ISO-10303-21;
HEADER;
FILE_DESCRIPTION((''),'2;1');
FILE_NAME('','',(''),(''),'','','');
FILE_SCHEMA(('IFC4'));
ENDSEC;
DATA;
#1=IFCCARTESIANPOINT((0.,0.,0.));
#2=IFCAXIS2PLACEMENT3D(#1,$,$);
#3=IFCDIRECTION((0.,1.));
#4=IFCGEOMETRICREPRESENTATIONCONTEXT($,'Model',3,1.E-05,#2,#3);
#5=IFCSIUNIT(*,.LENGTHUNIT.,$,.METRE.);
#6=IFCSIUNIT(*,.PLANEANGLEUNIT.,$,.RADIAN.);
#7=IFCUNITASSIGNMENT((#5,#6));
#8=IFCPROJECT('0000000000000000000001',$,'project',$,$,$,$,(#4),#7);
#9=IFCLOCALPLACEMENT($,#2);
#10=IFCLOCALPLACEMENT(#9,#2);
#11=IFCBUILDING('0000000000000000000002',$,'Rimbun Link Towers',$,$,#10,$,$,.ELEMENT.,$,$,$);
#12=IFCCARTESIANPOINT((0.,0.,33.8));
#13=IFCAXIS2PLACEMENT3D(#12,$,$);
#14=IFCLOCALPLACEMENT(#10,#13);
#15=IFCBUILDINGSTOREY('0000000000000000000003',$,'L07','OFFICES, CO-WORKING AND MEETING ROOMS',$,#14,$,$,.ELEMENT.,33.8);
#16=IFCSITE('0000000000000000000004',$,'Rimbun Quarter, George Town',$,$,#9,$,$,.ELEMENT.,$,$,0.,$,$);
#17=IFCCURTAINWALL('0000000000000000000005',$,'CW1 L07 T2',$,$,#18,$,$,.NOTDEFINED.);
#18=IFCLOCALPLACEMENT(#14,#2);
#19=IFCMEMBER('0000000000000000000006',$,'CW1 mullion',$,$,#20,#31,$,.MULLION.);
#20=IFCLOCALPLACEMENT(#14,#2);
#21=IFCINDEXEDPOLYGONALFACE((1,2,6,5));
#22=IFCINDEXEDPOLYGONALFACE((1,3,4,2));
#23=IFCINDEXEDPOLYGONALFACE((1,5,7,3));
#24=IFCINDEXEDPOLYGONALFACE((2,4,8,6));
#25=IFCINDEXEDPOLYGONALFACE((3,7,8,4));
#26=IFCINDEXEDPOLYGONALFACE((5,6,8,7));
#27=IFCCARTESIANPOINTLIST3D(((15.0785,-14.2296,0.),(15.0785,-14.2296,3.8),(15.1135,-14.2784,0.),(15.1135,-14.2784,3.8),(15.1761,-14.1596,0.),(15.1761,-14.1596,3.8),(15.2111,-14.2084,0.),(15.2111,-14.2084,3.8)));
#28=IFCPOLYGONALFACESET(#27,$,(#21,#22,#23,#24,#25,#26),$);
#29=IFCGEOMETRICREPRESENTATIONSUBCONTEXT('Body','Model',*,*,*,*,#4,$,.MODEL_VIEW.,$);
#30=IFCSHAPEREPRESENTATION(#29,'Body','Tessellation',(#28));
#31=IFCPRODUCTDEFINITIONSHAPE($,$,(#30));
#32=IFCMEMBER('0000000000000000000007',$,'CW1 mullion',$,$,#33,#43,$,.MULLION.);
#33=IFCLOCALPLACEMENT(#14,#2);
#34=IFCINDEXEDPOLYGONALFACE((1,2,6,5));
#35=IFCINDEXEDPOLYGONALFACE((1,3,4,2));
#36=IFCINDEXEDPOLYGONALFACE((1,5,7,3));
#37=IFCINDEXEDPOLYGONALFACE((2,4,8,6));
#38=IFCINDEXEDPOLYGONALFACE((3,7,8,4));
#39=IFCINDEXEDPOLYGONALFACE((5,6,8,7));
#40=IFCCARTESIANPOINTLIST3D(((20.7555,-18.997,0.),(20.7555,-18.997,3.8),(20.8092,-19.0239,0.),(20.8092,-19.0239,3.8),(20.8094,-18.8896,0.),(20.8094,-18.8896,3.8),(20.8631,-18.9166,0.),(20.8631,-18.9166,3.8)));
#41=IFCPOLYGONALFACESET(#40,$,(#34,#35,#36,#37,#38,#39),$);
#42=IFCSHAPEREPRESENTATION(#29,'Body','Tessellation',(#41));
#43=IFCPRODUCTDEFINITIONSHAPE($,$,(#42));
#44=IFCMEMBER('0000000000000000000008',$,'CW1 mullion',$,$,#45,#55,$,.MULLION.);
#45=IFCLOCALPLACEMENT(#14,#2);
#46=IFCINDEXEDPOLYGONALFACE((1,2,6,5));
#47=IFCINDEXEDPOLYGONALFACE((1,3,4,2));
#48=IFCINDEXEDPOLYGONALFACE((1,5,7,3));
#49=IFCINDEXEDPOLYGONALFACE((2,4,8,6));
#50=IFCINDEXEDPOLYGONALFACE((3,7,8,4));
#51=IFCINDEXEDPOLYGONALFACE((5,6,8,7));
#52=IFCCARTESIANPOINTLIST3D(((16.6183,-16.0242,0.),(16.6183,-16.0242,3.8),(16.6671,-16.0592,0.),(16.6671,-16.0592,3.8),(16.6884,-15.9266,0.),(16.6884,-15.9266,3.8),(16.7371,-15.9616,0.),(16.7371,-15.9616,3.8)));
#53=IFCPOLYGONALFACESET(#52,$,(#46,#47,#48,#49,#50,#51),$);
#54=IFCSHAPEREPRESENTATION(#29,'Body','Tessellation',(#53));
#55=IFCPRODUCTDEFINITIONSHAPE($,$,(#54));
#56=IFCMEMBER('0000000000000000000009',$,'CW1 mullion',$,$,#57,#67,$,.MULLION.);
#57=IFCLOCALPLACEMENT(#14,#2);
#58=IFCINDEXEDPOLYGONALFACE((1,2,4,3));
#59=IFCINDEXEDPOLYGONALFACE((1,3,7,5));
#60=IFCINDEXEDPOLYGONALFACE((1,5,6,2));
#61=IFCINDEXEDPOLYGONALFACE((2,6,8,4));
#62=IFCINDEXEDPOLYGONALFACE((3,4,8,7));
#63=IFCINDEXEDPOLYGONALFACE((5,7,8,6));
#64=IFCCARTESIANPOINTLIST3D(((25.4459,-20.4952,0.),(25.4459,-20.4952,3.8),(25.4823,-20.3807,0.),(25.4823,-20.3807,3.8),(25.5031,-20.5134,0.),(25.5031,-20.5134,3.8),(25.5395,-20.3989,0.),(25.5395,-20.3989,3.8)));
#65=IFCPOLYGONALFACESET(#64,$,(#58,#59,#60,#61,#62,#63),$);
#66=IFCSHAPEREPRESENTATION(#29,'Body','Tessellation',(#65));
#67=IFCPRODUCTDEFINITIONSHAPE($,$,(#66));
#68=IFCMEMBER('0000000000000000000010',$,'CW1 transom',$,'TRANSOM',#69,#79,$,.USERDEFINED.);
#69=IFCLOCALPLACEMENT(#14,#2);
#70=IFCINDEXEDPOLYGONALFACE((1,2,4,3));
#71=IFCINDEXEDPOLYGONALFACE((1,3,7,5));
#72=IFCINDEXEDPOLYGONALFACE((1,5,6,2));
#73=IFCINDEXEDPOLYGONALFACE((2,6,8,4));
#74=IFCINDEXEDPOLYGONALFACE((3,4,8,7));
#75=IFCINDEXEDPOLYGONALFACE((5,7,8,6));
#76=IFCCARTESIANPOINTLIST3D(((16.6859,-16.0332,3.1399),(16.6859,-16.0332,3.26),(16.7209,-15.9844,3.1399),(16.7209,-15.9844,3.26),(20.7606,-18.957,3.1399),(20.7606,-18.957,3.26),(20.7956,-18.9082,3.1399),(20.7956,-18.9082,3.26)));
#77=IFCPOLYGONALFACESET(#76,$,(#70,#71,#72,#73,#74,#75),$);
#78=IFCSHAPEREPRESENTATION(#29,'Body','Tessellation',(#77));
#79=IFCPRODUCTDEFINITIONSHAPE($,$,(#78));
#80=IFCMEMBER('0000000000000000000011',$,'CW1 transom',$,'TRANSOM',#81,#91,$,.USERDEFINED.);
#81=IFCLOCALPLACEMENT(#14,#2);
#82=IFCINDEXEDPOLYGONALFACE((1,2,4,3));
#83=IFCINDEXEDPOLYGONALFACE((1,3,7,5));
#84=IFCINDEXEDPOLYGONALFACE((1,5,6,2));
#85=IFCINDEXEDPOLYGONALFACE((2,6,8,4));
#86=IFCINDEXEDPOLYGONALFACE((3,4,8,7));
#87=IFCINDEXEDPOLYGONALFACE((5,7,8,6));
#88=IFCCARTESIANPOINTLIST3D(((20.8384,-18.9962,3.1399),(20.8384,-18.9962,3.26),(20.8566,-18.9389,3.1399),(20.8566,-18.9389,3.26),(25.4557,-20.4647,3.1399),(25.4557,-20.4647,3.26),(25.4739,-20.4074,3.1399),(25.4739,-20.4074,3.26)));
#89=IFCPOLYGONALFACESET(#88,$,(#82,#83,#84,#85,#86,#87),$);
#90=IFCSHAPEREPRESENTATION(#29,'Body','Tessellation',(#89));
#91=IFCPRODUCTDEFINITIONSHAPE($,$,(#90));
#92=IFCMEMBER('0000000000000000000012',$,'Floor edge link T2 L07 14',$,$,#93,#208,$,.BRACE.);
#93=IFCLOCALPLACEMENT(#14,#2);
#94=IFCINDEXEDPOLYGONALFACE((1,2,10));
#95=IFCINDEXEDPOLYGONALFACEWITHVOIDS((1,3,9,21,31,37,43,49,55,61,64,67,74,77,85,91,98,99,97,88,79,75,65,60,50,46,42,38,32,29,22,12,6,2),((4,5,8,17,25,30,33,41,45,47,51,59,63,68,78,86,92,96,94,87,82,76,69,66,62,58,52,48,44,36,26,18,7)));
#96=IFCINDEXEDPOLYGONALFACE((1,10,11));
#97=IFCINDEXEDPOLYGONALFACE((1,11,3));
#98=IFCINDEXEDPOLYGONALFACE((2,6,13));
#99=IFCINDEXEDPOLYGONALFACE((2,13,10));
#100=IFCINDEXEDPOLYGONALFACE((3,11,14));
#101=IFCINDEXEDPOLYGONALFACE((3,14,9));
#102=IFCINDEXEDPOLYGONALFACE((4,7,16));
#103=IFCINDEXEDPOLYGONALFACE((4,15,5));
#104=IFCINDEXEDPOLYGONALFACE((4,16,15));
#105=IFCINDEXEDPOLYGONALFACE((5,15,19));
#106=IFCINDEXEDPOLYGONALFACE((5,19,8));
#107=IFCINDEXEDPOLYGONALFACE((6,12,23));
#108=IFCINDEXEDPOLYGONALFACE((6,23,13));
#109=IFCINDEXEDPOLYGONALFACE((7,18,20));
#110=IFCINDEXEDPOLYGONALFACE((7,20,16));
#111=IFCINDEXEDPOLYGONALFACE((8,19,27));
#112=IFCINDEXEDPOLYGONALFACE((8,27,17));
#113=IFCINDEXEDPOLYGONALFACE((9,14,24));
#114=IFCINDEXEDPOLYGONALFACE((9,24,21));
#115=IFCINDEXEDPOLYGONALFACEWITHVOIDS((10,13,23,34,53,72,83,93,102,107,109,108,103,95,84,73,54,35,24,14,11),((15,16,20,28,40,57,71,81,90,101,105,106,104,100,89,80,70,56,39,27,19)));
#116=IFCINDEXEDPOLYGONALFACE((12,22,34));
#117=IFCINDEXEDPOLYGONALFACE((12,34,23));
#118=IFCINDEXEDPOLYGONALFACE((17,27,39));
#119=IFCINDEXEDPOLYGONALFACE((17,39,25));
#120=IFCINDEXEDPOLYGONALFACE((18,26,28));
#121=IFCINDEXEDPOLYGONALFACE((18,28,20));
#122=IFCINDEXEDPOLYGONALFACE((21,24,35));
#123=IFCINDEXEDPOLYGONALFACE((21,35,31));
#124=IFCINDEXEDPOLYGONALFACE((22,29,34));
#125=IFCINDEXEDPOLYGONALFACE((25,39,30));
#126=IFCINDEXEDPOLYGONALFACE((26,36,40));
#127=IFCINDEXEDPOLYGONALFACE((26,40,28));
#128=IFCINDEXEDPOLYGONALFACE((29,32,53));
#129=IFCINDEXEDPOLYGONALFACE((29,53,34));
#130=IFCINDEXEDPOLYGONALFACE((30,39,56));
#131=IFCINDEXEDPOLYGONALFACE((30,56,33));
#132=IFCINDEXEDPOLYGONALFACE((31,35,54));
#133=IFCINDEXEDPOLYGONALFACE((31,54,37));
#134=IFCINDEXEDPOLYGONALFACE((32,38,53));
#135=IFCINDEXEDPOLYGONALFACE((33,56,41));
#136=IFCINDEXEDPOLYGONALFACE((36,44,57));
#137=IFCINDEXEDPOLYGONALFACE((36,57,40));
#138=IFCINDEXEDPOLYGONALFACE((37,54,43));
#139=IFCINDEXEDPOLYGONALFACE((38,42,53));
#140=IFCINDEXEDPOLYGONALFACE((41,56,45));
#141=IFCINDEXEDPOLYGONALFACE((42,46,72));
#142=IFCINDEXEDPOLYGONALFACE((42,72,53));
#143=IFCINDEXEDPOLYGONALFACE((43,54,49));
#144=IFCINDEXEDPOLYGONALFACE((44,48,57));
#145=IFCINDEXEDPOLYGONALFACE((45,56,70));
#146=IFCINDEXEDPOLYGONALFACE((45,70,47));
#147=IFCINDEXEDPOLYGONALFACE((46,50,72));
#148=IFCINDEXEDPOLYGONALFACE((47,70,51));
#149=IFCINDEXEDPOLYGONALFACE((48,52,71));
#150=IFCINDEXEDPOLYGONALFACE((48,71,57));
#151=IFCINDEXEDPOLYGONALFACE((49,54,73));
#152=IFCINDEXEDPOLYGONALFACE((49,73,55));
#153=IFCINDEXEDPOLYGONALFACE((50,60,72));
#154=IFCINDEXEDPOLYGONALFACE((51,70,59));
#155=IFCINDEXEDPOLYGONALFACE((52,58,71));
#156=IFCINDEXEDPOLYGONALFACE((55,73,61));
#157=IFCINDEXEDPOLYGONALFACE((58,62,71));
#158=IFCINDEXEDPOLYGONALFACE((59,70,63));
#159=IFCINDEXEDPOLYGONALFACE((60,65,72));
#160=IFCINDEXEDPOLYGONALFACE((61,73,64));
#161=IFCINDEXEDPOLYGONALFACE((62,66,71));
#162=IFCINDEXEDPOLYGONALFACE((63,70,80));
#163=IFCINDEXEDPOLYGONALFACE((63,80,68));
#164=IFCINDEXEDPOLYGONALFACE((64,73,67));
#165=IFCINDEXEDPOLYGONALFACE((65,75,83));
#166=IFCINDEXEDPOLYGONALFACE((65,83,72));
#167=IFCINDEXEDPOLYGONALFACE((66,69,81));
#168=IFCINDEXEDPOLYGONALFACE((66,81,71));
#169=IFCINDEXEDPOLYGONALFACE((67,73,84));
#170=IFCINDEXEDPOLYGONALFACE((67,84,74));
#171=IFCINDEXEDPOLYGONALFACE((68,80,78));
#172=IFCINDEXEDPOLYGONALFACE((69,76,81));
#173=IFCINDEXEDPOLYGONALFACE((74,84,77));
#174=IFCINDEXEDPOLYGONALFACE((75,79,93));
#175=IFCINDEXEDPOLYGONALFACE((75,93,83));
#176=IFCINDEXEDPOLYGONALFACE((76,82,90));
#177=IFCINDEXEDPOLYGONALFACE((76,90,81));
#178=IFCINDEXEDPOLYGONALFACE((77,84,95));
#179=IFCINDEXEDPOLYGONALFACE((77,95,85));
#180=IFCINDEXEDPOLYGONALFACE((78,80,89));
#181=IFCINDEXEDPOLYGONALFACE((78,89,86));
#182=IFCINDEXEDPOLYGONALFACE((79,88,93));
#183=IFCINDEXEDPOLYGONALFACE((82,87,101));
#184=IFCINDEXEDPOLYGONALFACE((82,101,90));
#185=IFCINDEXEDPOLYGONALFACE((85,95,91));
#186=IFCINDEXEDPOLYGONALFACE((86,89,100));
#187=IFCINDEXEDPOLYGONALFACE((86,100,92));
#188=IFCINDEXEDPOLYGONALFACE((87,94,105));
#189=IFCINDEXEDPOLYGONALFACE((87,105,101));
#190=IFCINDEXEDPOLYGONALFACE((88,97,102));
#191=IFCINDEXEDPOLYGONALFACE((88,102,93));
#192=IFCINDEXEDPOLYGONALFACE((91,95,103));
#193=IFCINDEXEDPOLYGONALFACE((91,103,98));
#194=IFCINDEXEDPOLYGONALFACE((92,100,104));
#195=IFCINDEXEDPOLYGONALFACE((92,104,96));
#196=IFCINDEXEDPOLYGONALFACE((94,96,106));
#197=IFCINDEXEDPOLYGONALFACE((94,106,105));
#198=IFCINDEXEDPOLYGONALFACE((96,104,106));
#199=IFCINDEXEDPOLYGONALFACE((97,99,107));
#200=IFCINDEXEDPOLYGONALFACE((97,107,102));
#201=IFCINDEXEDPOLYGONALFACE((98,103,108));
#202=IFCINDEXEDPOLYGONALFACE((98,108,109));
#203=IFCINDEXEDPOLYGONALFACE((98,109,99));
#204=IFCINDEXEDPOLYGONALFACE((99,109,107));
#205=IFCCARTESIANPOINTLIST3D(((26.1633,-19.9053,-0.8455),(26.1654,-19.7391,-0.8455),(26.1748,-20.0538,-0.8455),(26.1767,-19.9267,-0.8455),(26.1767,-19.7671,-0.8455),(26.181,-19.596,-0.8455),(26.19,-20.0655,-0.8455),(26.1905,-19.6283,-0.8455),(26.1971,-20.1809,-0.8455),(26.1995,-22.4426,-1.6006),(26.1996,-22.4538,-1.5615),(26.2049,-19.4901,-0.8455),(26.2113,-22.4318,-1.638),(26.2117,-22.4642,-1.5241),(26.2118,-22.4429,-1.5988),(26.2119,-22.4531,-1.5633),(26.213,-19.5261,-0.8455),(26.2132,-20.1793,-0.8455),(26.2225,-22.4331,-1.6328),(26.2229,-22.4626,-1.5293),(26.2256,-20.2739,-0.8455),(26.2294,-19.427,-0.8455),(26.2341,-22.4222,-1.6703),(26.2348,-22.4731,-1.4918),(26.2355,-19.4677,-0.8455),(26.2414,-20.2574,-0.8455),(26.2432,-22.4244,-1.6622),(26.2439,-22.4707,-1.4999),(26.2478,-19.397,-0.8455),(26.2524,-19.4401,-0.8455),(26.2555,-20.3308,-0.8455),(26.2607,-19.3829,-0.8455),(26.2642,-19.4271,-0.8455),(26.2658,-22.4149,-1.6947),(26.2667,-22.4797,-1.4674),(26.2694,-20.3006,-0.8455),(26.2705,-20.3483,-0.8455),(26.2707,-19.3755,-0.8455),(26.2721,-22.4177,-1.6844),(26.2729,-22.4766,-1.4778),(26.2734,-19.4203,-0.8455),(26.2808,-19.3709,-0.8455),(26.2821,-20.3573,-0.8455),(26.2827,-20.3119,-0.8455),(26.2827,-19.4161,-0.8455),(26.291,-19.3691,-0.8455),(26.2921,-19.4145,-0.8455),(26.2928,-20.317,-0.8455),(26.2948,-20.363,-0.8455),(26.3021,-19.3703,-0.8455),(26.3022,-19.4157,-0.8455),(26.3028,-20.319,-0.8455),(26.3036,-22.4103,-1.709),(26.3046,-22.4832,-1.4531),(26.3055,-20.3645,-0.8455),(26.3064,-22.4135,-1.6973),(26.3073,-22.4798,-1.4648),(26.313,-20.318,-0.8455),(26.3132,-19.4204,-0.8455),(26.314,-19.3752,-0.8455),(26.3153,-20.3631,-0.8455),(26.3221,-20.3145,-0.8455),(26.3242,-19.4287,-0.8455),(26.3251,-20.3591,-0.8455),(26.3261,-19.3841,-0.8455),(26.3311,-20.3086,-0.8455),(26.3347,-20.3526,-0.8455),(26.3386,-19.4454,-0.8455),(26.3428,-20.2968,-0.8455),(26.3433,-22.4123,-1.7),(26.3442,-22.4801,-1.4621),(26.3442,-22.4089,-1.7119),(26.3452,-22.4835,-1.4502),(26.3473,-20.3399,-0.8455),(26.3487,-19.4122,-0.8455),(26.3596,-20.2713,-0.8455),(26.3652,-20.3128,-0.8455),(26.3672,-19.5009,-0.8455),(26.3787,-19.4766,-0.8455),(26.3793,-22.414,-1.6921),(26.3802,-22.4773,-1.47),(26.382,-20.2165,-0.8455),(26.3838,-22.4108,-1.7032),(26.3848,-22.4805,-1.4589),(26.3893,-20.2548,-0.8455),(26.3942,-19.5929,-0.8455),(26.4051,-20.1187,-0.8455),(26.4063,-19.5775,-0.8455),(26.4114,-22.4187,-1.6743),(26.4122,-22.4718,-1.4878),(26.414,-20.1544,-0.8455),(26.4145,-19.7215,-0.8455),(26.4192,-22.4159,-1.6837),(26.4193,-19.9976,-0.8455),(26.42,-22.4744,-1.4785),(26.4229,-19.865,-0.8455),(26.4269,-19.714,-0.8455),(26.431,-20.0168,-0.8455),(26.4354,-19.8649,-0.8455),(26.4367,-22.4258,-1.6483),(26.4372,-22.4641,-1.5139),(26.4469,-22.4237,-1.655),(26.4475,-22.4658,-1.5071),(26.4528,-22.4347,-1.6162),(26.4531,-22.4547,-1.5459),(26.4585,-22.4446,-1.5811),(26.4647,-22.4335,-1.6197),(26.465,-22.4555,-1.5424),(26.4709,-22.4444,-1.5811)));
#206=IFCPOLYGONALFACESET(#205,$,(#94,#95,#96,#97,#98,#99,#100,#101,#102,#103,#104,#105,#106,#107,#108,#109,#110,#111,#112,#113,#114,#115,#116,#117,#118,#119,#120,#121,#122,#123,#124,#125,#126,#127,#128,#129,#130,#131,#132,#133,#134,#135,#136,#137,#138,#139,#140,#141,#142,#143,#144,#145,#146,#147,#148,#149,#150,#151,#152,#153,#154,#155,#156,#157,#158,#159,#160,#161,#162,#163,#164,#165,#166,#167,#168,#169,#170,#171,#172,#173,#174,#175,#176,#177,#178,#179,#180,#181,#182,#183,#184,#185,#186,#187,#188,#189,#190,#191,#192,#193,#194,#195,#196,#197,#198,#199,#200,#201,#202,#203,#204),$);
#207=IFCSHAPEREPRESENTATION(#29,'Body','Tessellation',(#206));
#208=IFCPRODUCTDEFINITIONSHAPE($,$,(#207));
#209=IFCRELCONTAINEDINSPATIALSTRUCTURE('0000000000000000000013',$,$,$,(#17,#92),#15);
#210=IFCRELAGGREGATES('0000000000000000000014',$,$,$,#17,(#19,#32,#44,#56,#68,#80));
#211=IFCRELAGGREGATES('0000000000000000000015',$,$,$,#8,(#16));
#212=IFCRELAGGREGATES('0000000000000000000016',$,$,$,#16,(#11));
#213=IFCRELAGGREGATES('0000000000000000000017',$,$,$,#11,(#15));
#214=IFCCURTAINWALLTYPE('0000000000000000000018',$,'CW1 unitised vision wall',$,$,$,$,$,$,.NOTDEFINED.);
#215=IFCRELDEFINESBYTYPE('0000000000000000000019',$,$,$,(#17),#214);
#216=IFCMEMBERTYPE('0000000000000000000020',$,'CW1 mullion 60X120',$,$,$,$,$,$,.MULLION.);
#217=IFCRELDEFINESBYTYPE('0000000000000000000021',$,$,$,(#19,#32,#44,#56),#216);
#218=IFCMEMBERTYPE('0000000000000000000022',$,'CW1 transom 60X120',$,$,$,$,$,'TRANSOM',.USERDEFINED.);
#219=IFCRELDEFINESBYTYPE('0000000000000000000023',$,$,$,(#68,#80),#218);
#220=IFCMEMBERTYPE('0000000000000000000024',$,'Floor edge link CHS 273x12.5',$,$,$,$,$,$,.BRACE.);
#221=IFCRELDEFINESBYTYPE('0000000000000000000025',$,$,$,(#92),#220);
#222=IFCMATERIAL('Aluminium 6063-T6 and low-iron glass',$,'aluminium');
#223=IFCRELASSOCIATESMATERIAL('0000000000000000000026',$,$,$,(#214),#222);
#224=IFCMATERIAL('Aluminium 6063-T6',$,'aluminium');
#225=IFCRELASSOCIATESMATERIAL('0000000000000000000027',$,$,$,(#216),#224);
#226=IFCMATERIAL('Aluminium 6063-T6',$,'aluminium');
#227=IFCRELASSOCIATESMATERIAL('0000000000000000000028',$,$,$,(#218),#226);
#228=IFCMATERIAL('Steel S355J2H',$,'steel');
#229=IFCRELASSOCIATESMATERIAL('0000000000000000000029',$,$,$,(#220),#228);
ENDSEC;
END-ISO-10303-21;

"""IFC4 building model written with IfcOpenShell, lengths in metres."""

from ifc_helpers import new_model, si_unit, direction, frame, origin, origin_2d, place, context, subcontext, project, spatial, rectangle, hollow_circle, extrude, clip, halfspace, material, material_profile, profile_set, type_object, element, aggregate, save


model = new_model("IFC4")

# Units and contexts
model_context = context("Model", 3, precision=1e-05, world=origin(), true_north=direction((0.0, 1.0)))
body_context = subcontext(model_context, "Body", "Model", "MODEL_VIEW")
ifc_project = project(units=[si_unit("LENGTHUNIT", "METRE"), si_unit("PLANEANGLEUNIT", "RADIAN")], contexts=[model_context])

# Site, building, storey
site_placement = place(None, origin())
site = spatial("IfcSite", under=ifc_project, at=site_placement, Name="Rimbun Quarter, George Town", CompositionType="ELEMENT", RefElevation=0.0)
building_placement = place(site_placement, origin())
building = spatial("IfcBuilding", under=site, at=building_placement, Name="Rimbun Link Towers", CompositionType="ELEMENT")
storey_placement = place(building_placement, frame((0.0, 0.0, 33.8)))
storey = spatial("IfcBuildingStorey", under=building, at=storey_placement, Name="L07", Description="OFFICES, CO-WORKING AND MEETING ROOMS", CompositionType="ELEMENT", Elevation=33.8)

# Curtain wall, members
ifc_material_1 = material(Name="Aluminium 6063-T6 and low-iron glass", Category="aluminium")
curtain_wall_type = type_object("IfcCurtainWallType", Name="CW1 unitised vision wall", PredefinedType="NOTDEFINED", material=ifc_material_1)
curtain_wall_placement = place(storey_placement, origin())
curtain_wall = element("IfcCurtainWall", 1, at=curtain_wall_placement, inside=storey, type_object=curtain_wall_type, Name="CW1 L07 T2", PredefinedType="NOTDEFINED")
ifc_material_2 = material(Name="Aluminium 6063-T6", Category="aluminium")
ifc_material_profile_1 = material_profile(ifc_material_2, rectangle(XDim=0.1201, YDim=0.0601, at=origin_2d()), Name="MULLION 60X120")
ifc_profile_set_1 = profile_set([ifc_material_profile_1], Name="Aluminium 6063-T6")
member_type_1 = type_object("IfcMemberType", Name="CW1 mullion 60X120", PredefinedType="MULLION", material=ifc_profile_set_1)
member_1_placement = place(storey_placement, frame((15.1448, -14.219, 0.0), z_axis=(0.0, 0.0, 1.0), x_axis=(-0.812474, -0.582998, 0.0)))
member_1 = element("IfcMember", 2, at=member_1_placement, type_object=member_type_1, Name="CW1 mullion", PredefinedType="MULLION", context=body_context, shape_type="SweptSolid", body=[
    extrude(rectangle(XDim=0.1201, YDim=0.0601, at=origin_2d()), origin(), (0.0, 0.0, 1.0), 3.8),
])
member_2_placement = place(storey_placement, frame((20.8093, -18.9568, 0.0), z_axis=(0.0, 0.0, 1.0), x_axis=(-0.44857, -0.893747, 0.0)))
member_2 = element("IfcMember", 3, at=member_2_placement, type_object=member_type_1, Name="CW1 mullion", PredefinedType="MULLION", context=body_context, shape_type="SweptSolid", body=[
    extrude(rectangle(XDim=0.1201, YDim=0.0601, at=origin_2d()), origin(), (0.0, 0.0, 1.0), 3.8),
])
member_3_placement = place(storey_placement, frame((16.6777, -15.9929, 0.0), z_axis=(0.0, 0.0, 1.0), x_axis=(-0.582998, -0.812474, 0.0)))
member_3 = element("IfcMember", 4, at=member_3_placement, type_object=member_type_1, Name="CW1 mullion", PredefinedType="MULLION", context=body_context, shape_type="SweptSolid", body=[
    extrude(rectangle(XDim=0.1201, YDim=0.0601, at=origin_2d()), origin(), (0.0, 0.0, 1.0), 3.8),
])
member_4_placement = place(storey_placement, frame((25.4927, -20.447, 0.0), z_axis=(0.0, 0.0, 1.0), x_axis=(-0.303074, -0.952967, 0.0)))
member_4 = element("IfcMember", 5, at=member_4_placement, type_object=member_type_1, Name="CW1 mullion", PredefinedType="MULLION", context=body_context, shape_type="SweptSolid", body=[
    extrude(rectangle(XDim=0.1201, YDim=0.0601, at=origin_2d()), origin(), (0.0, 0.0, 1.0), 3.8),
])
ifc_material_3 = material(Name="Aluminium 6063-T6", Category="aluminium")
ifc_material_profile_2 = material_profile(ifc_material_3, rectangle(XDim=0.0601, YDim=0.1201, at=origin_2d()), Name="TRANSOM 60X120")
ifc_profile_set_2 = profile_set([ifc_material_profile_2], Name="Aluminium 6063-T6")
member_type_2 = type_object("IfcMemberType", Name="CW1 transom 60X120", ElementType="TRANSOM", PredefinedType="USERDEFINED", material=ifc_profile_set_2)
member_5_placement = place(storey_placement, frame((20.7781, -18.9326, 3.2), z_axis=(-0.812475, 0.582996, 0.0), x_axis=(-0.582996, -0.812475, 0.0)))
member_5 = element("IfcMember", 6, at=member_5_placement, type_object=member_type_2, Name="CW1 transom", ObjectType="TRANSOM", PredefinedType="USERDEFINED", context=body_context, shape_type="SweptSolid", body=[
    extrude(rectangle(XDim=0.0601, YDim=0.1201, at=origin_2d()), origin(), (0.0, 0.0, 1.0), 5.0151),
])
member_6_placement = place(storey_placement, frame((25.4648, -20.436, 3.2), z_axis=(-0.952966, 0.303077, 0.0), x_axis=(-0.303077, -0.952966, 0.0)))
member_6 = element("IfcMember", 7, at=member_6_placement, type_object=member_type_2, Name="CW1 transom", ObjectType="TRANSOM", PredefinedType="USERDEFINED", context=body_context, shape_type="SweptSolid", body=[
    extrude(rectangle(XDim=0.0601, YDim=0.1201, at=origin_2d()), origin(), (0.0, 0.0, 1.0), 4.8452),
])

# Member
ifc_material_4 = material(Name="Steel S355J2H", Category="steel")
ifc_material_profile_3 = material_profile(ifc_material_4, hollow_circle(Radius=0.1365, WallThickness=0.0125, at=origin_2d()), Name="CHS 273x12.5")
ifc_profile_set_3 = profile_set([ifc_material_profile_3], Name="Steel S355J2H")
member_type_3 = type_object("IfcMemberType", Name="Floor edge link CHS 273x12.5", PredefinedType="BRACE", material=ifc_profile_set_3)
member_7_placement = place(storey_placement, frame((26.3052, -20.3203, -0.9749), z_axis=(0.013251, -0.961585, -0.274187), x_axis=(0.999905, 0.013779, 0.0)))
element("IfcMember", 8, at=member_7_placement, inside=storey, type_object=member_type_3, Name="Floor edge link T2 L07 14", PredefinedType="BRACE", context=body_context, shape_type="Clipping", body=[
    clip(extrude(hollow_circle(Radius=0.1365, WallThickness=0.0125, at=origin_2d()), frame((0.0, 0.0, -0.9939)), (0.0, 0.0, 1.0), 3.2048), halfspace(frame((0.0, 0.0, -0.4717), z_axis=(0.0, 0.961677, -0.274187)), False)),
])

aggregate(curtain_wall, [member_1, member_2, member_3, member_4, member_5, member_6])

save(model, "model.ifc")
